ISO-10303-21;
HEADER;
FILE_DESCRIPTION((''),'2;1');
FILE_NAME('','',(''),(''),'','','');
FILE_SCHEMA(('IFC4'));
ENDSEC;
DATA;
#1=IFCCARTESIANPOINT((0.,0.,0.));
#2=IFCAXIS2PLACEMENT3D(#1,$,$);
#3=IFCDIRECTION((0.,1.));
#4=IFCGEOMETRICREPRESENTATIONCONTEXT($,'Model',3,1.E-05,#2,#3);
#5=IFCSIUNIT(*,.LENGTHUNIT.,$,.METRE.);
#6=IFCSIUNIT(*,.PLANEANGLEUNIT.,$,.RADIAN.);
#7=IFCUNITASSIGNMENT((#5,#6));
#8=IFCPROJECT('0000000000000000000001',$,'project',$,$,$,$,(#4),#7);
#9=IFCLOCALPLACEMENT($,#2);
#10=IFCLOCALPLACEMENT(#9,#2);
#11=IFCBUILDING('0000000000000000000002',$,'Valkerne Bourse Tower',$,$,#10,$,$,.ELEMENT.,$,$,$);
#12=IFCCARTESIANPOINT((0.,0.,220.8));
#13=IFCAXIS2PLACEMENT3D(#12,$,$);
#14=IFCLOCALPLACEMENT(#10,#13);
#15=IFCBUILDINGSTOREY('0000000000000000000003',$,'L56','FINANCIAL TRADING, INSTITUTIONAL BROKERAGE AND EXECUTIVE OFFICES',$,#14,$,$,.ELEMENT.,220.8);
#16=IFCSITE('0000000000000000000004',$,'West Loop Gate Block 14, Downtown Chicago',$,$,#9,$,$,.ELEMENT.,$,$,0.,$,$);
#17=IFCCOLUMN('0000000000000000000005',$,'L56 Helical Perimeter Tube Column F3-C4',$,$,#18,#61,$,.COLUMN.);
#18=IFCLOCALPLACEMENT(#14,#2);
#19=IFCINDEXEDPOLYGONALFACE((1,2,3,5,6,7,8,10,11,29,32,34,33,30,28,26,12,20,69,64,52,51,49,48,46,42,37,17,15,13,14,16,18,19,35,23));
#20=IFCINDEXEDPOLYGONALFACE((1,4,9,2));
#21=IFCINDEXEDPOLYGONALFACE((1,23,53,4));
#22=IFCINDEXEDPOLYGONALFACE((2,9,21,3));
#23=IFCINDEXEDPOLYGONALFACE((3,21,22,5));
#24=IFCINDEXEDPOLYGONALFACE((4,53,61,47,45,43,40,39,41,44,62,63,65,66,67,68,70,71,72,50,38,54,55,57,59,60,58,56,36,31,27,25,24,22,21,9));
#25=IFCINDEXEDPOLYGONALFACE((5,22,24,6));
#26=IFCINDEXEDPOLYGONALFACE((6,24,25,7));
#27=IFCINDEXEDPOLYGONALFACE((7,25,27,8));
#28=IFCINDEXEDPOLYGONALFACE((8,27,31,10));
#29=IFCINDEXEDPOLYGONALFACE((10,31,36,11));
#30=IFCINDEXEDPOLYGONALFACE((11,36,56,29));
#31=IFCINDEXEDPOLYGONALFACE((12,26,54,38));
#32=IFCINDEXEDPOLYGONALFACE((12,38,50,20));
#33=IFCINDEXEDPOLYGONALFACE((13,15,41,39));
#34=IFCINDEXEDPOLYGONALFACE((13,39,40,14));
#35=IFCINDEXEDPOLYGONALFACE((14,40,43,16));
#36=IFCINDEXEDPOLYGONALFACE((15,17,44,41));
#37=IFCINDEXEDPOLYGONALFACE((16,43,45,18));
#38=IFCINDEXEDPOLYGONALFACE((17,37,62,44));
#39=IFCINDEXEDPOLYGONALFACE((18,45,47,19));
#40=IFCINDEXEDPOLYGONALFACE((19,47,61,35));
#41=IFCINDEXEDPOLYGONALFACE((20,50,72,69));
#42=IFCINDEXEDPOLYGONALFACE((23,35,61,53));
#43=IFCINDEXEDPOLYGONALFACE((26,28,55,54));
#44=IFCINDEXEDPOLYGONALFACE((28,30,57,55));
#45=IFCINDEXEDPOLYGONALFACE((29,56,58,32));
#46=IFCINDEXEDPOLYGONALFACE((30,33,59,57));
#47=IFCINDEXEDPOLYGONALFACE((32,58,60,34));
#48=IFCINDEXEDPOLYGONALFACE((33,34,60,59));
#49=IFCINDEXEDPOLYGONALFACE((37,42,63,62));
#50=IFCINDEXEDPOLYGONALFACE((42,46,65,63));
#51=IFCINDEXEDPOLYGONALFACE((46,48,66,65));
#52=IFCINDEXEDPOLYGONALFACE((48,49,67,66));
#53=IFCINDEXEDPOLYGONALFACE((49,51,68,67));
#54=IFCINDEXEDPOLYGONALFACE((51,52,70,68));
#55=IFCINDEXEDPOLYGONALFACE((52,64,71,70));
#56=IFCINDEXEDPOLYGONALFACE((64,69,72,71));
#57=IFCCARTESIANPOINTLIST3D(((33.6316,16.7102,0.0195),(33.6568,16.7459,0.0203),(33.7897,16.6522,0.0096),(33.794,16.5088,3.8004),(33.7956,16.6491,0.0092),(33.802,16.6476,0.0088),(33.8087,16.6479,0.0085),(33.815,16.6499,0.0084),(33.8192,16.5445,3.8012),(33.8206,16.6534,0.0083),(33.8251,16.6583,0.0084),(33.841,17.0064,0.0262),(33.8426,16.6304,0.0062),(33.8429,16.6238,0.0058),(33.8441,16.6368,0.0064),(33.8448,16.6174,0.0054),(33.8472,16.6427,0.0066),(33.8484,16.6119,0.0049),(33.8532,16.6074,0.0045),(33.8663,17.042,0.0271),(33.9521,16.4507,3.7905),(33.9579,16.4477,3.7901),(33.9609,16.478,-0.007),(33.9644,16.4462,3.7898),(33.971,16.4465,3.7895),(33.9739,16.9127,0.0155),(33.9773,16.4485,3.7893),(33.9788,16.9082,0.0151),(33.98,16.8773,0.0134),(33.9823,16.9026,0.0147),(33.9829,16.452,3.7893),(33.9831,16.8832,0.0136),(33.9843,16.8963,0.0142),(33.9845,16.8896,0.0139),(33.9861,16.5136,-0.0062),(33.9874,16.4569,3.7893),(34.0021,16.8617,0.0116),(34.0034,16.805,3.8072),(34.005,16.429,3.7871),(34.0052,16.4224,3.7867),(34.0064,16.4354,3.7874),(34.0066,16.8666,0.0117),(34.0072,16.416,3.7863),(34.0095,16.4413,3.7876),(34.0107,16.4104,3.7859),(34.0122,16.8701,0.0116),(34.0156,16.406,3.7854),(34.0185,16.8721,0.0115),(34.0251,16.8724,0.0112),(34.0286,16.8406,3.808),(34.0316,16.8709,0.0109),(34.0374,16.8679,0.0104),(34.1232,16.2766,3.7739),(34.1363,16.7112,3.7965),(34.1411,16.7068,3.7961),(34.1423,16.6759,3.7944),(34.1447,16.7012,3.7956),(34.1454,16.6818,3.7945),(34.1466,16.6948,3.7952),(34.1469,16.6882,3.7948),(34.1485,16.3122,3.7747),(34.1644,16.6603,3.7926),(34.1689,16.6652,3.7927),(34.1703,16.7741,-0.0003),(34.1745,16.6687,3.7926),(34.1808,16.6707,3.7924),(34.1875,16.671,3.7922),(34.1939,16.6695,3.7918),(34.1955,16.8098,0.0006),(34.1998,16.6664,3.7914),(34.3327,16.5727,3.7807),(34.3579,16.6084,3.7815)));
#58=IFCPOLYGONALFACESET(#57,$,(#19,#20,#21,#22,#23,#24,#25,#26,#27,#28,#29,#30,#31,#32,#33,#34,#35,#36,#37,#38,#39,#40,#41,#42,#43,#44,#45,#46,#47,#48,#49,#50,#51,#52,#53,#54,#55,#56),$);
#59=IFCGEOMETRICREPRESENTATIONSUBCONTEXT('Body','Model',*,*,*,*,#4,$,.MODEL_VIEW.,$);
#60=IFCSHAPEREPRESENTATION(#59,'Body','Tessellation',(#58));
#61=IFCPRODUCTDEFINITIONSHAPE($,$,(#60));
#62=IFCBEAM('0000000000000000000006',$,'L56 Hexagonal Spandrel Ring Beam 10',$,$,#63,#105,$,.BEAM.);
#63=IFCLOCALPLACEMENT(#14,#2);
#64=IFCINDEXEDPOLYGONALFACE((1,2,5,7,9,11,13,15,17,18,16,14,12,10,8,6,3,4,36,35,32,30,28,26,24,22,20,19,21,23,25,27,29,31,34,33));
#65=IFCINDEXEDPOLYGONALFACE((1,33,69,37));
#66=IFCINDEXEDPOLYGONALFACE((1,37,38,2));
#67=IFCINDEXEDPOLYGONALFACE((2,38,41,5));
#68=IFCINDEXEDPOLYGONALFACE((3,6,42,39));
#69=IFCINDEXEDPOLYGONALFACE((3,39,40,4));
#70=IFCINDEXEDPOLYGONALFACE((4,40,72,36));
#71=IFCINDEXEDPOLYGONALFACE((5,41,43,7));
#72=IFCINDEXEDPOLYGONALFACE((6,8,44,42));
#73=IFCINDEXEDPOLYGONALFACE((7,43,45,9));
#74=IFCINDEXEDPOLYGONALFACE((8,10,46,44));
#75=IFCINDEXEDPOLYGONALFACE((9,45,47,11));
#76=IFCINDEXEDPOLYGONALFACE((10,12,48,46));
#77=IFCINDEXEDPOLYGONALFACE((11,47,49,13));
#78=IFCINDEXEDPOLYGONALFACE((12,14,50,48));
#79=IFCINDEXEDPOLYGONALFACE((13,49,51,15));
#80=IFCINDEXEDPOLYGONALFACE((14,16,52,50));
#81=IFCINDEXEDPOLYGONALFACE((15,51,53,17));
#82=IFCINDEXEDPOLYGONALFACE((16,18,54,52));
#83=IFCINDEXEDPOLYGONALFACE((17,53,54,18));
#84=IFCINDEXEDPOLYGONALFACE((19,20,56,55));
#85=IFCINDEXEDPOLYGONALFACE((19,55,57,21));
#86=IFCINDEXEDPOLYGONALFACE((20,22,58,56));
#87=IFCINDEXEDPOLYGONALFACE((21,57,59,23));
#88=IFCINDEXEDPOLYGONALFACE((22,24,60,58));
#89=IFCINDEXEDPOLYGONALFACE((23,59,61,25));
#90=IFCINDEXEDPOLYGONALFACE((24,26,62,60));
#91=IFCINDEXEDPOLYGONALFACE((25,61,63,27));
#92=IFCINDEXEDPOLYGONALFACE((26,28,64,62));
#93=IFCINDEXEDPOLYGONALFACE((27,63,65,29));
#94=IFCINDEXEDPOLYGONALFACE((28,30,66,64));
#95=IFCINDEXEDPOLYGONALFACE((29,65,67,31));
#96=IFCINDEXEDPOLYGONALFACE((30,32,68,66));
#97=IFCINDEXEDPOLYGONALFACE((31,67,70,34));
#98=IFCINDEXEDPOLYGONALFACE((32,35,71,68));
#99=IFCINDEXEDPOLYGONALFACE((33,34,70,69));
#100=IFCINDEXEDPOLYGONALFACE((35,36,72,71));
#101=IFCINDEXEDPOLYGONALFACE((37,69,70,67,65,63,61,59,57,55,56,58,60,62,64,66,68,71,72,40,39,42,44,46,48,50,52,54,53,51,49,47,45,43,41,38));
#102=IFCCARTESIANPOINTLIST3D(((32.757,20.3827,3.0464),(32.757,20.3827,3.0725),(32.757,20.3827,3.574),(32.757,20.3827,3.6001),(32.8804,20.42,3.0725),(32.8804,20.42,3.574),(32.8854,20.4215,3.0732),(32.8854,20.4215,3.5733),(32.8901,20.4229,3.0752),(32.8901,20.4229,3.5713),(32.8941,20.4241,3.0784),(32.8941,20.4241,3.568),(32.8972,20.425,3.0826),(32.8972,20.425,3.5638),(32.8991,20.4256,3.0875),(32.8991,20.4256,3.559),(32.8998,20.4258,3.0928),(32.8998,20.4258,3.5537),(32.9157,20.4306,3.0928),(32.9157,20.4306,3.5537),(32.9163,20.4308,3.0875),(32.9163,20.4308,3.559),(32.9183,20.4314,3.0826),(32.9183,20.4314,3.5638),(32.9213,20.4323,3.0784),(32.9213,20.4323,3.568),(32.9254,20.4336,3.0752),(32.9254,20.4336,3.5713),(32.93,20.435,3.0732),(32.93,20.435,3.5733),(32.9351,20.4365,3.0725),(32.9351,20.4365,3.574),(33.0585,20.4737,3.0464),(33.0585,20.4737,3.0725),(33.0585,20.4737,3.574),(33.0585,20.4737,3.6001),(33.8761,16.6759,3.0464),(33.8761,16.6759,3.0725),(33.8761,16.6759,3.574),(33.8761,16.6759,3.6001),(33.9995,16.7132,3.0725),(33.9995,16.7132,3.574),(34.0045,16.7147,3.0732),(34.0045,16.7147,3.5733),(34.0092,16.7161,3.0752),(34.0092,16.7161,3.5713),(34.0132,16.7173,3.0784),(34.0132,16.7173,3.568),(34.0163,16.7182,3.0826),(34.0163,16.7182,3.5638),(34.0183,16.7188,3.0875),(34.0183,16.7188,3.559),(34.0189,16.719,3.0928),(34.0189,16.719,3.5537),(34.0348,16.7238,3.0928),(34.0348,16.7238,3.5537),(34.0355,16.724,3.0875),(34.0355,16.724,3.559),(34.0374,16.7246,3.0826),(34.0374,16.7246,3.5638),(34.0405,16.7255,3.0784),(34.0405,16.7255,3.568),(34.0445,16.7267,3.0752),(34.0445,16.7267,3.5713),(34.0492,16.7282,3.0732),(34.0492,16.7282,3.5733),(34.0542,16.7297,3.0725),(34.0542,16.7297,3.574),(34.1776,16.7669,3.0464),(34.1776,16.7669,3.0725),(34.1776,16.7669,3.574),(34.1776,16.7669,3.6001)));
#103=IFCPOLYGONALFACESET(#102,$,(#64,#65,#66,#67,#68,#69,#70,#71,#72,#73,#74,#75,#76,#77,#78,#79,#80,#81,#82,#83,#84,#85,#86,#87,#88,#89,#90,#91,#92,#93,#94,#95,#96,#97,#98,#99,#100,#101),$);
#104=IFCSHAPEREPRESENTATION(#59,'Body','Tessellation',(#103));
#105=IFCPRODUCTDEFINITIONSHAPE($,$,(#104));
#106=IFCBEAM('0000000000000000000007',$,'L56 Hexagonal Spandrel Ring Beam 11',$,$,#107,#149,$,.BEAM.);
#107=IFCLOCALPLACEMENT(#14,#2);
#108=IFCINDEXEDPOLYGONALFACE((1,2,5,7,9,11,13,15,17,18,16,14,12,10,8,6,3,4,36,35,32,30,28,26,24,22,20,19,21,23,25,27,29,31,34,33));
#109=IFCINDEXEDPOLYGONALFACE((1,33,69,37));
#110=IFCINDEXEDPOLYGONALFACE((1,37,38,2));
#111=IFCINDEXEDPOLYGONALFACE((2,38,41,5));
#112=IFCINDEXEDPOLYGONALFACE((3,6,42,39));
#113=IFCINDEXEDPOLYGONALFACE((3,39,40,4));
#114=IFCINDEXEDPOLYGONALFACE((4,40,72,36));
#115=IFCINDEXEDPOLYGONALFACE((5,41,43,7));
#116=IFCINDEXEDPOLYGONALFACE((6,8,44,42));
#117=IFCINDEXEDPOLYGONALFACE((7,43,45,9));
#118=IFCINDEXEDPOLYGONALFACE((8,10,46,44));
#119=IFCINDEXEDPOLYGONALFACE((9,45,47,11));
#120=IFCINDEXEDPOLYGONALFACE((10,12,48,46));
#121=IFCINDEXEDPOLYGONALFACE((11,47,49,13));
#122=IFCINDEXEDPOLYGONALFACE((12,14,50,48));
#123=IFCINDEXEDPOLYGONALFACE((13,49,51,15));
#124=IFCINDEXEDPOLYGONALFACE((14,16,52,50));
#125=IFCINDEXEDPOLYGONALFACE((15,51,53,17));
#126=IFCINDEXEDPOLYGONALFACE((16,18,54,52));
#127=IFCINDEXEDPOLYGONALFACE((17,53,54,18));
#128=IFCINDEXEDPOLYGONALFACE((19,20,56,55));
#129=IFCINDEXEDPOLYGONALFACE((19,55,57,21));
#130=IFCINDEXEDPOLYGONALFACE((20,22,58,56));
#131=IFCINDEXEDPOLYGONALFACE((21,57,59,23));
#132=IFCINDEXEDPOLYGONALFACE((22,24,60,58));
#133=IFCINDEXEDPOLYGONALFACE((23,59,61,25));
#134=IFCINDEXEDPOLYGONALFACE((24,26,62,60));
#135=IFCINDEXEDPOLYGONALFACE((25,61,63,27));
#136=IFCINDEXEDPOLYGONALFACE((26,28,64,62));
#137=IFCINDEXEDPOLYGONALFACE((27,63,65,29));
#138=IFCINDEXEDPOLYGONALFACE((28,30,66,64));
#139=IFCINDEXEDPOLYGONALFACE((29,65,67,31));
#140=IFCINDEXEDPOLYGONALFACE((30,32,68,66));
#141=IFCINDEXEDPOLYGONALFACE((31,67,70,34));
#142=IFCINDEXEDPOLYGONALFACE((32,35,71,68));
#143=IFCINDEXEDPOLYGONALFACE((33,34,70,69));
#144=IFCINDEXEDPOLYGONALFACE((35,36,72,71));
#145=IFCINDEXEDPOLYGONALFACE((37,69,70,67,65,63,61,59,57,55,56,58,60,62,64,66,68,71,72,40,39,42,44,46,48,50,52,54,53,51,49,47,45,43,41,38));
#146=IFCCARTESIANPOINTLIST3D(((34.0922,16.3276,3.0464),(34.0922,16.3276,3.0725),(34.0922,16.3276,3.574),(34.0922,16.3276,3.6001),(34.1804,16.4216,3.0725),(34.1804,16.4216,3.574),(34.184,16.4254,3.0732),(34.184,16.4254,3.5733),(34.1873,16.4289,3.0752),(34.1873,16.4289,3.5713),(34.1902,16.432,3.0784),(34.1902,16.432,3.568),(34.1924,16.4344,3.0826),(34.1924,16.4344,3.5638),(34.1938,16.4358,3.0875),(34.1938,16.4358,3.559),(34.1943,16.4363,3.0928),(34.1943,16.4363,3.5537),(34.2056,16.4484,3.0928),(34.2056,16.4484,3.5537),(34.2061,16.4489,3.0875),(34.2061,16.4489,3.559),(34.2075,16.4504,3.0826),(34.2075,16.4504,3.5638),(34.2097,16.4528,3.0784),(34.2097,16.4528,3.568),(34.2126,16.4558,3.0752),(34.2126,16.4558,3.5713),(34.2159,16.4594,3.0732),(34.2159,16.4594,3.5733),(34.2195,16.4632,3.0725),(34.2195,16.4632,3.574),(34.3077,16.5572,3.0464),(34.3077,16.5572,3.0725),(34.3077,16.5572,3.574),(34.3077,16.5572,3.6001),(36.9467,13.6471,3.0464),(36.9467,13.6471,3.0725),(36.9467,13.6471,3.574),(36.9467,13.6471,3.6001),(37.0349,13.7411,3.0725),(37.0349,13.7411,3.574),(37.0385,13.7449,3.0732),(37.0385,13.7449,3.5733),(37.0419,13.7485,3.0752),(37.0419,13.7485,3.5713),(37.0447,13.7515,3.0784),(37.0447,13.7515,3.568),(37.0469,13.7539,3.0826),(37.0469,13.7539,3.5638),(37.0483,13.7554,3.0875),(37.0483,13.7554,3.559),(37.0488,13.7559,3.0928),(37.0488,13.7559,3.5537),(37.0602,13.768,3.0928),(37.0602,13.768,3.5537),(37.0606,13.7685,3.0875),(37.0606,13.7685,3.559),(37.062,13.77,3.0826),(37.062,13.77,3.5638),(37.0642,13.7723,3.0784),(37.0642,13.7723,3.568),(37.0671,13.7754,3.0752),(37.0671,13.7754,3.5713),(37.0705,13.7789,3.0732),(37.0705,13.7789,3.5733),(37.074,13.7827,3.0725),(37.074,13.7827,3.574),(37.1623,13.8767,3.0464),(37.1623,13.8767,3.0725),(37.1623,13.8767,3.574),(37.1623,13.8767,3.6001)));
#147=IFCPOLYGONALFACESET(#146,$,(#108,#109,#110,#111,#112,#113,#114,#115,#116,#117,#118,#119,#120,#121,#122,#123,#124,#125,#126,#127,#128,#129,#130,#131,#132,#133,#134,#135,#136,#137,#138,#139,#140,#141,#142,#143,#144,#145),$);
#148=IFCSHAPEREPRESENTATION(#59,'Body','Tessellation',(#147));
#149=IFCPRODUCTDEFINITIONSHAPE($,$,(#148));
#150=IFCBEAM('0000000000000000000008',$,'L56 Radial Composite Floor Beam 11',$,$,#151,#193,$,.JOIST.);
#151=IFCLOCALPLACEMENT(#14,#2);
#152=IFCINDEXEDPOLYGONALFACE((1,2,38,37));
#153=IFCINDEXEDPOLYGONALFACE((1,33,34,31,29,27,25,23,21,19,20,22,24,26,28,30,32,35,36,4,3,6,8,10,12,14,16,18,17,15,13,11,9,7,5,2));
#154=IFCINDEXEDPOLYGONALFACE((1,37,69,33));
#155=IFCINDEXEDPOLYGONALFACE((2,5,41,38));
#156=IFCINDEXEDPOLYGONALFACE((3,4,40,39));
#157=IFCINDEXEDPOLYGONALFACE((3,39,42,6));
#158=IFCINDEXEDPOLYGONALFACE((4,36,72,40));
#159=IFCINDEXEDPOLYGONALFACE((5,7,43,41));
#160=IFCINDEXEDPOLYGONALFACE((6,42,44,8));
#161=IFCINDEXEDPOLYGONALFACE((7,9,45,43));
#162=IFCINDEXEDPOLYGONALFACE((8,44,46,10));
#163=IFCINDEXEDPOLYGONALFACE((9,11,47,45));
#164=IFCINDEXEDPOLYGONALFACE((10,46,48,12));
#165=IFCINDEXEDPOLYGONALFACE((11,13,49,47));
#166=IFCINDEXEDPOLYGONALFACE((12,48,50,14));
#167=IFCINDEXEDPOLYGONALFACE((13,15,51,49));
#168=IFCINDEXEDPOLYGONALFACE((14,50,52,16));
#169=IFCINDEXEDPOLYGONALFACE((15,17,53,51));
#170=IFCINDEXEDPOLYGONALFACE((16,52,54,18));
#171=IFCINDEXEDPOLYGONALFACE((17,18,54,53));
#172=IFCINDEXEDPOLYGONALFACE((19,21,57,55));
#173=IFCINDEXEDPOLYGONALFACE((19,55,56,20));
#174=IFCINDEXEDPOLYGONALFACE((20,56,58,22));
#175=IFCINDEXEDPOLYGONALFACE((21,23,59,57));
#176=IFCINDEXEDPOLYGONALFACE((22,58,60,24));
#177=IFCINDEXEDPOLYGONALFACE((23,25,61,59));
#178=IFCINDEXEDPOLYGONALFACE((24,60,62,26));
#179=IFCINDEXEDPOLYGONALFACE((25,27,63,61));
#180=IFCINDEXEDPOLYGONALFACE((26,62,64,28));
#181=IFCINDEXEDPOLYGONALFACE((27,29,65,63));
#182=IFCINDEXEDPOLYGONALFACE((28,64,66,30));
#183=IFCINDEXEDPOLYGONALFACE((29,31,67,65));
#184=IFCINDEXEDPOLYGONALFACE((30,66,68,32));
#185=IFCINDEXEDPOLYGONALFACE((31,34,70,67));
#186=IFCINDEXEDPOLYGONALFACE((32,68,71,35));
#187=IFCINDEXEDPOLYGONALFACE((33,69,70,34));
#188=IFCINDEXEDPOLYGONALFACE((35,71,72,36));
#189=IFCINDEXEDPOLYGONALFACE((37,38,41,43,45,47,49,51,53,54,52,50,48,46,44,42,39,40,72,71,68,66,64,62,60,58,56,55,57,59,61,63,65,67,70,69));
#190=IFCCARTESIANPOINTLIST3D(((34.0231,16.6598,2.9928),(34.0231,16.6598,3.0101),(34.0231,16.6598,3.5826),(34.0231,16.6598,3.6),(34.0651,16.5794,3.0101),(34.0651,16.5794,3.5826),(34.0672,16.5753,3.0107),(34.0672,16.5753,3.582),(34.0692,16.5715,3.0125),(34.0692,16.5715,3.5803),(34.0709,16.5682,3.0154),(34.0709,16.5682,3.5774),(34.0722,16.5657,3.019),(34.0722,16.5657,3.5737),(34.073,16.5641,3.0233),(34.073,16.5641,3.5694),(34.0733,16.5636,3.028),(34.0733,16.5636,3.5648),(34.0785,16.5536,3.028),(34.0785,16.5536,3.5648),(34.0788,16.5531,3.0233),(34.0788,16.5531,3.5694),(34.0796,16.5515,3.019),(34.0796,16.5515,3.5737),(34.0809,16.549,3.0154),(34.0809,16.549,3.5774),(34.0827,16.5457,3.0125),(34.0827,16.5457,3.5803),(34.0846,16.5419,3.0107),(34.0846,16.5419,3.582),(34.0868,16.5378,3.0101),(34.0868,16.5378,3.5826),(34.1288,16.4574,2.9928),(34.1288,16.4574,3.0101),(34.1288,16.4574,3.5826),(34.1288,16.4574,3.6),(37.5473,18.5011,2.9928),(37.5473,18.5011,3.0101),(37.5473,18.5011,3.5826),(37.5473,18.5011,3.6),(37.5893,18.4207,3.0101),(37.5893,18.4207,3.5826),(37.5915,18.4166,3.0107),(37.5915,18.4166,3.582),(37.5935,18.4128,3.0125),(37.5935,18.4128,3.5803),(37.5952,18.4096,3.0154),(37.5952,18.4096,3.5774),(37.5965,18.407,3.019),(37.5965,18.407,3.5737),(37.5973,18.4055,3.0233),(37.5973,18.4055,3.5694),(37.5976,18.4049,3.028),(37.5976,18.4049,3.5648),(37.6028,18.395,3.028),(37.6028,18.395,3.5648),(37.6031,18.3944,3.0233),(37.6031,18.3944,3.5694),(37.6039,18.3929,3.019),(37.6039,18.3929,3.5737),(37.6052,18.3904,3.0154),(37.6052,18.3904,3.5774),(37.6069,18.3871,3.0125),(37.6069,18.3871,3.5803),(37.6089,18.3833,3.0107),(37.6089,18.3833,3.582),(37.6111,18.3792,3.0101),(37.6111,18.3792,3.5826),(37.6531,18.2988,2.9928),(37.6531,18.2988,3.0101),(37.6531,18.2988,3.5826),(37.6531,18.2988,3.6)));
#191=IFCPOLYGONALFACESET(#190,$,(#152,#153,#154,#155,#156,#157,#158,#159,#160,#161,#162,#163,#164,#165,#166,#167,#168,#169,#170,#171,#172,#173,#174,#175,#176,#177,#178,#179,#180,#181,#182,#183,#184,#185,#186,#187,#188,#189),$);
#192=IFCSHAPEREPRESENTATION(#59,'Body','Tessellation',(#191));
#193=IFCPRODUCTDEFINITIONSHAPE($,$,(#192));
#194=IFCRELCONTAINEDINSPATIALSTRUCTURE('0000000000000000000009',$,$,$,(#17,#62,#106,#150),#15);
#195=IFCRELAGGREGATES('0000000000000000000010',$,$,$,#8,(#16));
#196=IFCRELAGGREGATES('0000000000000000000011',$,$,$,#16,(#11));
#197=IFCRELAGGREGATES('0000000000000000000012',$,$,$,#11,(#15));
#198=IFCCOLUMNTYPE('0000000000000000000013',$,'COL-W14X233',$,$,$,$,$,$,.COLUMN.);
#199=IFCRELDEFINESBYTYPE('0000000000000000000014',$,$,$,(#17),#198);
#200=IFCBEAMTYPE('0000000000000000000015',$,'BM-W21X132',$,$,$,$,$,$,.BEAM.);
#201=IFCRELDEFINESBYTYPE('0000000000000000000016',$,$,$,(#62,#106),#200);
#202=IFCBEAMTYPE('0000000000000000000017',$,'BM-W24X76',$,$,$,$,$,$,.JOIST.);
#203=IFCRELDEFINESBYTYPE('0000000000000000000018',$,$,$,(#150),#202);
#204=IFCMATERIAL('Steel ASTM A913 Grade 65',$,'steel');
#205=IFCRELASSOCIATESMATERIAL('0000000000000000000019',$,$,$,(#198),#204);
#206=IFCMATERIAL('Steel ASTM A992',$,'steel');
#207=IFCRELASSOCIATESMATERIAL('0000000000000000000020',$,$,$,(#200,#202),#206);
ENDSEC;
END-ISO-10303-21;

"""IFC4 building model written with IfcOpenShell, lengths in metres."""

from ifc_helpers import new_model, si_unit, direction, frame, origin, origin_2d, place, context, subcontext, project, spatial, i_section, extrude, material, material_profile, profile_set, type_object, element, save


model = new_model("IFC4")

# Units and contexts
model_context = context("Model", 3, precision=1e-05, world=origin(), true_north=direction((0.0, 1.0)))
body_context = subcontext(model_context, "Body", "Model", "MODEL_VIEW")
ifc_project = project(units=[si_unit("LENGTHUNIT", "METRE"), si_unit("PLANEANGLEUNIT", "RADIAN")], contexts=[model_context])

# Site, building, storey
site_placement = place(None, origin())
site = spatial("IfcSite", under=ifc_project, at=site_placement, Name="West Loop Gate Block 14, Downtown Chicago", CompositionType="ELEMENT", RefElevation=0.0)
building_placement = place(site_placement, origin())
building = spatial("IfcBuilding", under=site, at=building_placement, Name="Valkerne Bourse Tower", CompositionType="ELEMENT")
storey_placement = place(building_placement, frame((0.0, 0.0, 220.8)))
storey = spatial("IfcBuildingStorey", under=building, at=storey_placement, Name="L56", Description="FINANCIAL TRADING, INSTITUTIONAL BROKERAGE AND EXECUTIVE OFFICES", CompositionType="ELEMENT", Elevation=220.8)

# Column
ifc_material_1 = material(Name="Steel ASTM A913 Grade 65", Category="steel")
ifc_material_profile_1 = material_profile(ifc_material_1, i_section(OverallWidth=0.4038, OverallDepth=0.4065, WebThickness=0.0271, FlangeThickness=0.0437, FilletRadius=0.0254, at=origin_2d()), Name="W14X233")
ifc_profile_set_1 = profile_set([ifc_material_profile_1], Name="Steel ASTM A913 Grade 65")
column_type = type_object("IfcColumnType", Name="COL-W14X233", PredefinedType="COLUMN", material=ifc_profile_set_1)
column_placement = place(storey_placement, frame((33.9136, 16.76, 0.01), z_axis=(0.042839, -0.053146, 0.997667), x_axis=(0.815444, -0.5751, -0.06565)))
element("IfcColumn", 1, at=column_placement, inside=storey, type_object=column_type, Name="L56 Helical Perimeter Tube Column F3-C4", PredefinedType="COLUMN", context=body_context, shape_type="SweptSolid", body=[
    extrude(i_section(OverallWidth=0.4038, OverallDepth=0.4065, WebThickness=0.0271, FlangeThickness=0.0437, FilletRadius=0.0254, at=origin_2d()), origin(), (0.0, 0.0, 1.0), 3.7898),
])

# Beams
ifc_material_2 = material(Name="Steel ASTM A992", Category="steel")
ifc_material_profile_2 = material_profile(ifc_material_2, i_section(OverallWidth=0.3149, OverallDepth=0.5537, WebThickness=0.0166, FlangeThickness=0.0261, FilletRadius=0.0203, at=origin_2d()), Name="W21X132")
ifc_profile_set_2 = profile_set([ifc_material_profile_2], Name="Steel ASTM A992")
beam_type_1 = type_object("IfcBeamType", Name="BM-W21X132", PredefinedType="BEAM", material=ifc_profile_set_2)
beam_1_placement = place(storey_placement, frame((32.9077, 20.4282, 3.3232), z_axis=(0.289031, -0.95732, 0.0), x_axis=(0.95732, 0.289031, 0.0)))
element("IfcBeam", 2, at=beam_1_placement, inside=storey, type_object=beam_type_1, Name="L56 Hexagonal Spandrel Ring Beam 10", PredefinedType="BEAM", context=body_context, shape_type="SweptSolid", body=[
    extrude(i_section(OverallWidth=0.3149, OverallDepth=0.5537, WebThickness=0.0166, FlangeThickness=0.0261, FilletRadius=0.0203, at=origin_2d()), origin(), (0.0, 0.0, 1.0), 3.8721),
])
beam_2_placement = place(storey_placement, frame((34.2, 16.4424, 3.3232), z_axis=(0.728985, -0.68453, 0.0), x_axis=(0.68453, 0.728985, 0.0)))
element("IfcBeam", 3, at=beam_2_placement, inside=storey, type_object=beam_type_1, Name="L56 Hexagonal Spandrel Ring Beam 11", PredefinedType="BEAM", context=body_context, shape_type="SweptSolid", body=[
    extrude(i_section(OverallWidth=0.3149, OverallDepth=0.5537, WebThickness=0.0166, FlangeThickness=0.0261, FilletRadius=0.0203, at=origin_2d()), origin(), (0.0, 0.0, 1.0), 3.9158),
])
ifc_material_profile_3 = material_profile(ifc_material_2, i_section(OverallWidth=0.2283, OverallDepth=0.6072, WebThickness=0.0112, FlangeThickness=0.0173, FilletRadius=0.0178, at=origin_2d()), Name="W24X76")
ifc_profile_set_3 = profile_set([ifc_material_profile_3], Name="Steel ASTM A992")
beam_type_2 = type_object("IfcBeamType", Name="BM-W24X76", PredefinedType="JOIST", material=ifc_profile_set_3)
beam_3_placement = place(storey_placement, frame((34.0759, 16.5586, 3.2964), z_axis=(0.886315, 0.463082, 0.0), x_axis=(-0.463082, 0.886315, 0.0)))
element("IfcBeam", 4, at=beam_3_placement, inside=storey, type_object=beam_type_2, Name="L56 Radial Composite Floor Beam 11", PredefinedType="JOIST", context=body_context, shape_type="SweptSolid", body=[
    extrude(i_section(OverallWidth=0.2283, OverallDepth=0.6072, WebThickness=0.0112, FlangeThickness=0.0173, FilletRadius=0.0178, at=origin_2d()), origin(), (0.0, 0.0, 1.0), 3.9763),
])

save(model, "model.ifc")
